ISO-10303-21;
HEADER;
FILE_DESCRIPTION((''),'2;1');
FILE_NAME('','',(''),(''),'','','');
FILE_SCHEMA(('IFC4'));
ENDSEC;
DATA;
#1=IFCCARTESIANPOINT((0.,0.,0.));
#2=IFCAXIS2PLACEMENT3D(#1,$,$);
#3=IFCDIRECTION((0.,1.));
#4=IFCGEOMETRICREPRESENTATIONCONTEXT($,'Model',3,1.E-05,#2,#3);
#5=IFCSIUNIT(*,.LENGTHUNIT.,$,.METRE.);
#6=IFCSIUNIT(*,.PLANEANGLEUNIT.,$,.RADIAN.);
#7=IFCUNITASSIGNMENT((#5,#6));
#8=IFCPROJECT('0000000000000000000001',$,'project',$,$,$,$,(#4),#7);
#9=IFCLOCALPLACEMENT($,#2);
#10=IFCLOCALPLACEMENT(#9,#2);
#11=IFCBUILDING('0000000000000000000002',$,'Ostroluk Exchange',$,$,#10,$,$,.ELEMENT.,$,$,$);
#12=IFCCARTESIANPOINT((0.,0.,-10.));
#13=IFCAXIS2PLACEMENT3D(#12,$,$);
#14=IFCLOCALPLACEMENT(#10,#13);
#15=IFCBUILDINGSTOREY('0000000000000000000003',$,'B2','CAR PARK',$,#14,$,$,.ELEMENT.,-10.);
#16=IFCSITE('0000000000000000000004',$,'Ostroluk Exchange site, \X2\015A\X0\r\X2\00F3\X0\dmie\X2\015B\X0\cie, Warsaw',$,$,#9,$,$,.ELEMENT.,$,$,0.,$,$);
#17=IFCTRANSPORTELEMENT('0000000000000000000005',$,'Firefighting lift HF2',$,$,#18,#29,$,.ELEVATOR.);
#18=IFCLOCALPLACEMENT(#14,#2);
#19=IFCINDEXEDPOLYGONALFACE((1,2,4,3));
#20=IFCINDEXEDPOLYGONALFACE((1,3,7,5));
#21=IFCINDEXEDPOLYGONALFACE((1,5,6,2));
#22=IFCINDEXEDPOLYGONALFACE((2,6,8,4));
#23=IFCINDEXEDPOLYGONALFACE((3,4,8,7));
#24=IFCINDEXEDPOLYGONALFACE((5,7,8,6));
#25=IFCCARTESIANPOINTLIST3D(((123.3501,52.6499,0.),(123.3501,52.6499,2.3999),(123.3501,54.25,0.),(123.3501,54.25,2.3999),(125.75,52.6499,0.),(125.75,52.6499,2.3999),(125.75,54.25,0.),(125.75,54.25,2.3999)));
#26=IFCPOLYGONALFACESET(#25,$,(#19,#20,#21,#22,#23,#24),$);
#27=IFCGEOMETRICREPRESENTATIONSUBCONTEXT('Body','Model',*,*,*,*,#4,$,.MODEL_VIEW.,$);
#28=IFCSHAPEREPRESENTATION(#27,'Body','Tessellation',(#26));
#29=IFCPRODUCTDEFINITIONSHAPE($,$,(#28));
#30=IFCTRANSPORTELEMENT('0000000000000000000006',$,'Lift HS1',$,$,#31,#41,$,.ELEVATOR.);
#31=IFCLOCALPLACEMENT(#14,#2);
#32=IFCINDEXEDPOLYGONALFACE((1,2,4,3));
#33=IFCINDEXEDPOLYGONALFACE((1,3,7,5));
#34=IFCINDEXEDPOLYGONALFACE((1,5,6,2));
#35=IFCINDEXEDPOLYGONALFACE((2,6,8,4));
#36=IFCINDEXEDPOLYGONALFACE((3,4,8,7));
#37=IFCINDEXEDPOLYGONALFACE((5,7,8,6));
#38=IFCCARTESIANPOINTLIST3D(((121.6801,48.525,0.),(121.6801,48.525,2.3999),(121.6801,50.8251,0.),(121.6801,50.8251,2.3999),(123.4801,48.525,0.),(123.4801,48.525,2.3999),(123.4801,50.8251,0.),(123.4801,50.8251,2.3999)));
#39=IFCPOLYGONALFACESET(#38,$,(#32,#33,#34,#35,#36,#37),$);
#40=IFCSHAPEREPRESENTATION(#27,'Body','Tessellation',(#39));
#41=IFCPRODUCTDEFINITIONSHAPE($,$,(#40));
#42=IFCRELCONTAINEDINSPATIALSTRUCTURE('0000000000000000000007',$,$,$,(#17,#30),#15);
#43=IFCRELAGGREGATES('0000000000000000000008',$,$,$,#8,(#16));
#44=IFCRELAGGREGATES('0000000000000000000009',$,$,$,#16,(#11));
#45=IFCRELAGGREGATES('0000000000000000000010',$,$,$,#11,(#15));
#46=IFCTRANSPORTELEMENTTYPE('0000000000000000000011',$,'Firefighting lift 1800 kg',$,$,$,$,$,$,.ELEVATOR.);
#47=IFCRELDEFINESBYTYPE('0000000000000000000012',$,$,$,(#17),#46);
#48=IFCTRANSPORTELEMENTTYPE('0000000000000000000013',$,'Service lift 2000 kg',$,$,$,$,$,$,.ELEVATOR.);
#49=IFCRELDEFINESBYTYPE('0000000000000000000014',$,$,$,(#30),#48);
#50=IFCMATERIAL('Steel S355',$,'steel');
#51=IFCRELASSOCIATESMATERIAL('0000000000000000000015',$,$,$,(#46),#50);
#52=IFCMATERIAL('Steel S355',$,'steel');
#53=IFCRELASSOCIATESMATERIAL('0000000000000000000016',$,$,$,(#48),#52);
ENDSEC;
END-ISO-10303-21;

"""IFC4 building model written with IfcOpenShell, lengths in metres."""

from ifc_helpers import new_model, si_unit, direction, frame, origin, origin_2d, place, context, subcontext, project, spatial, rectangle, extrude, material, type_object, element, save


model = new_model("IFC4")

# Units and contexts
model_context = context("Model", 3, precision=1e-05, world=origin(), true_north=direction((0.0, 1.0)))
body_context = subcontext(model_context, "Body", "Model", "MODEL_VIEW")
ifc_project = project(units=[si_unit("LENGTHUNIT", "METRE"), si_unit("PLANEANGLEUNIT", "RADIAN")], contexts=[model_context])

# Site, building, storey
site_placement = place(None, origin())
site = spatial("IfcSite", under=ifc_project, at=site_placement, Name="Ostroluk Exchange site, Śródmieście, Warsaw", CompositionType="ELEMENT", RefElevation=0.0)
building_placement = place(site_placement, origin())
building = spatial("IfcBuilding", under=site, at=building_placement, Name="Ostroluk Exchange", CompositionType="ELEMENT")
storey_placement = place(building_placement, frame((0.0, 0.0, -10.0)))
storey = spatial("IfcBuildingStorey", under=building, at=storey_placement, Name="B2", Description="CAR PARK", CompositionType="ELEMENT", Elevation=-10.0)

# Transport elements
ifc_material_1 = material(Name="Steel S355", Category="steel")
transport_element_type_1 = type_object("IfcTransportElementType", Name="Firefighting lift 1800 kg", PredefinedType="ELEVATOR", material=ifc_material_1)
transport_element_1_placement = place(storey_placement, frame((124.55, 53.45, 0.0), z_axis=(0.0, 0.0, 1.0), x_axis=(1.0, 0.0, 0.0)))
element("IfcTransportElement", 1, at=transport_element_1_placement, inside=storey, type_object=transport_element_type_1, Name="Firefighting lift HF2", PredefinedType="ELEVATOR", context=body_context, shape_type="SweptSolid", body=[
    extrude(rectangle(XDim=2.3999, YDim=1.6001, at=origin_2d()), origin(), (0.0, 0.0, 1.0), 2.3999),
])
ifc_material_2 = material(Name="Steel S355", Category="steel")
transport_element_type_2 = type_object("IfcTransportElementType", Name="Service lift 2000 kg", PredefinedType="ELEVATOR", material=ifc_material_2)
transport_element_2_placement = place(storey_placement, frame((122.5801, 49.675, 0.0), z_axis=(0.0, 0.0, 1.0), x_axis=(1.0, 0.0, 0.0)))
element("IfcTransportElement", 2, at=transport_element_2_placement, inside=storey, type_object=transport_element_type_2, Name="Lift HS1", PredefinedType="ELEVATOR", context=body_context, shape_type="SweptSolid", body=[
    extrude(rectangle(XDim=1.8, YDim=2.3, at=origin_2d()), origin(), (0.0, 0.0, 1.0), 2.3999),
])

save(model, "model.ifc")
